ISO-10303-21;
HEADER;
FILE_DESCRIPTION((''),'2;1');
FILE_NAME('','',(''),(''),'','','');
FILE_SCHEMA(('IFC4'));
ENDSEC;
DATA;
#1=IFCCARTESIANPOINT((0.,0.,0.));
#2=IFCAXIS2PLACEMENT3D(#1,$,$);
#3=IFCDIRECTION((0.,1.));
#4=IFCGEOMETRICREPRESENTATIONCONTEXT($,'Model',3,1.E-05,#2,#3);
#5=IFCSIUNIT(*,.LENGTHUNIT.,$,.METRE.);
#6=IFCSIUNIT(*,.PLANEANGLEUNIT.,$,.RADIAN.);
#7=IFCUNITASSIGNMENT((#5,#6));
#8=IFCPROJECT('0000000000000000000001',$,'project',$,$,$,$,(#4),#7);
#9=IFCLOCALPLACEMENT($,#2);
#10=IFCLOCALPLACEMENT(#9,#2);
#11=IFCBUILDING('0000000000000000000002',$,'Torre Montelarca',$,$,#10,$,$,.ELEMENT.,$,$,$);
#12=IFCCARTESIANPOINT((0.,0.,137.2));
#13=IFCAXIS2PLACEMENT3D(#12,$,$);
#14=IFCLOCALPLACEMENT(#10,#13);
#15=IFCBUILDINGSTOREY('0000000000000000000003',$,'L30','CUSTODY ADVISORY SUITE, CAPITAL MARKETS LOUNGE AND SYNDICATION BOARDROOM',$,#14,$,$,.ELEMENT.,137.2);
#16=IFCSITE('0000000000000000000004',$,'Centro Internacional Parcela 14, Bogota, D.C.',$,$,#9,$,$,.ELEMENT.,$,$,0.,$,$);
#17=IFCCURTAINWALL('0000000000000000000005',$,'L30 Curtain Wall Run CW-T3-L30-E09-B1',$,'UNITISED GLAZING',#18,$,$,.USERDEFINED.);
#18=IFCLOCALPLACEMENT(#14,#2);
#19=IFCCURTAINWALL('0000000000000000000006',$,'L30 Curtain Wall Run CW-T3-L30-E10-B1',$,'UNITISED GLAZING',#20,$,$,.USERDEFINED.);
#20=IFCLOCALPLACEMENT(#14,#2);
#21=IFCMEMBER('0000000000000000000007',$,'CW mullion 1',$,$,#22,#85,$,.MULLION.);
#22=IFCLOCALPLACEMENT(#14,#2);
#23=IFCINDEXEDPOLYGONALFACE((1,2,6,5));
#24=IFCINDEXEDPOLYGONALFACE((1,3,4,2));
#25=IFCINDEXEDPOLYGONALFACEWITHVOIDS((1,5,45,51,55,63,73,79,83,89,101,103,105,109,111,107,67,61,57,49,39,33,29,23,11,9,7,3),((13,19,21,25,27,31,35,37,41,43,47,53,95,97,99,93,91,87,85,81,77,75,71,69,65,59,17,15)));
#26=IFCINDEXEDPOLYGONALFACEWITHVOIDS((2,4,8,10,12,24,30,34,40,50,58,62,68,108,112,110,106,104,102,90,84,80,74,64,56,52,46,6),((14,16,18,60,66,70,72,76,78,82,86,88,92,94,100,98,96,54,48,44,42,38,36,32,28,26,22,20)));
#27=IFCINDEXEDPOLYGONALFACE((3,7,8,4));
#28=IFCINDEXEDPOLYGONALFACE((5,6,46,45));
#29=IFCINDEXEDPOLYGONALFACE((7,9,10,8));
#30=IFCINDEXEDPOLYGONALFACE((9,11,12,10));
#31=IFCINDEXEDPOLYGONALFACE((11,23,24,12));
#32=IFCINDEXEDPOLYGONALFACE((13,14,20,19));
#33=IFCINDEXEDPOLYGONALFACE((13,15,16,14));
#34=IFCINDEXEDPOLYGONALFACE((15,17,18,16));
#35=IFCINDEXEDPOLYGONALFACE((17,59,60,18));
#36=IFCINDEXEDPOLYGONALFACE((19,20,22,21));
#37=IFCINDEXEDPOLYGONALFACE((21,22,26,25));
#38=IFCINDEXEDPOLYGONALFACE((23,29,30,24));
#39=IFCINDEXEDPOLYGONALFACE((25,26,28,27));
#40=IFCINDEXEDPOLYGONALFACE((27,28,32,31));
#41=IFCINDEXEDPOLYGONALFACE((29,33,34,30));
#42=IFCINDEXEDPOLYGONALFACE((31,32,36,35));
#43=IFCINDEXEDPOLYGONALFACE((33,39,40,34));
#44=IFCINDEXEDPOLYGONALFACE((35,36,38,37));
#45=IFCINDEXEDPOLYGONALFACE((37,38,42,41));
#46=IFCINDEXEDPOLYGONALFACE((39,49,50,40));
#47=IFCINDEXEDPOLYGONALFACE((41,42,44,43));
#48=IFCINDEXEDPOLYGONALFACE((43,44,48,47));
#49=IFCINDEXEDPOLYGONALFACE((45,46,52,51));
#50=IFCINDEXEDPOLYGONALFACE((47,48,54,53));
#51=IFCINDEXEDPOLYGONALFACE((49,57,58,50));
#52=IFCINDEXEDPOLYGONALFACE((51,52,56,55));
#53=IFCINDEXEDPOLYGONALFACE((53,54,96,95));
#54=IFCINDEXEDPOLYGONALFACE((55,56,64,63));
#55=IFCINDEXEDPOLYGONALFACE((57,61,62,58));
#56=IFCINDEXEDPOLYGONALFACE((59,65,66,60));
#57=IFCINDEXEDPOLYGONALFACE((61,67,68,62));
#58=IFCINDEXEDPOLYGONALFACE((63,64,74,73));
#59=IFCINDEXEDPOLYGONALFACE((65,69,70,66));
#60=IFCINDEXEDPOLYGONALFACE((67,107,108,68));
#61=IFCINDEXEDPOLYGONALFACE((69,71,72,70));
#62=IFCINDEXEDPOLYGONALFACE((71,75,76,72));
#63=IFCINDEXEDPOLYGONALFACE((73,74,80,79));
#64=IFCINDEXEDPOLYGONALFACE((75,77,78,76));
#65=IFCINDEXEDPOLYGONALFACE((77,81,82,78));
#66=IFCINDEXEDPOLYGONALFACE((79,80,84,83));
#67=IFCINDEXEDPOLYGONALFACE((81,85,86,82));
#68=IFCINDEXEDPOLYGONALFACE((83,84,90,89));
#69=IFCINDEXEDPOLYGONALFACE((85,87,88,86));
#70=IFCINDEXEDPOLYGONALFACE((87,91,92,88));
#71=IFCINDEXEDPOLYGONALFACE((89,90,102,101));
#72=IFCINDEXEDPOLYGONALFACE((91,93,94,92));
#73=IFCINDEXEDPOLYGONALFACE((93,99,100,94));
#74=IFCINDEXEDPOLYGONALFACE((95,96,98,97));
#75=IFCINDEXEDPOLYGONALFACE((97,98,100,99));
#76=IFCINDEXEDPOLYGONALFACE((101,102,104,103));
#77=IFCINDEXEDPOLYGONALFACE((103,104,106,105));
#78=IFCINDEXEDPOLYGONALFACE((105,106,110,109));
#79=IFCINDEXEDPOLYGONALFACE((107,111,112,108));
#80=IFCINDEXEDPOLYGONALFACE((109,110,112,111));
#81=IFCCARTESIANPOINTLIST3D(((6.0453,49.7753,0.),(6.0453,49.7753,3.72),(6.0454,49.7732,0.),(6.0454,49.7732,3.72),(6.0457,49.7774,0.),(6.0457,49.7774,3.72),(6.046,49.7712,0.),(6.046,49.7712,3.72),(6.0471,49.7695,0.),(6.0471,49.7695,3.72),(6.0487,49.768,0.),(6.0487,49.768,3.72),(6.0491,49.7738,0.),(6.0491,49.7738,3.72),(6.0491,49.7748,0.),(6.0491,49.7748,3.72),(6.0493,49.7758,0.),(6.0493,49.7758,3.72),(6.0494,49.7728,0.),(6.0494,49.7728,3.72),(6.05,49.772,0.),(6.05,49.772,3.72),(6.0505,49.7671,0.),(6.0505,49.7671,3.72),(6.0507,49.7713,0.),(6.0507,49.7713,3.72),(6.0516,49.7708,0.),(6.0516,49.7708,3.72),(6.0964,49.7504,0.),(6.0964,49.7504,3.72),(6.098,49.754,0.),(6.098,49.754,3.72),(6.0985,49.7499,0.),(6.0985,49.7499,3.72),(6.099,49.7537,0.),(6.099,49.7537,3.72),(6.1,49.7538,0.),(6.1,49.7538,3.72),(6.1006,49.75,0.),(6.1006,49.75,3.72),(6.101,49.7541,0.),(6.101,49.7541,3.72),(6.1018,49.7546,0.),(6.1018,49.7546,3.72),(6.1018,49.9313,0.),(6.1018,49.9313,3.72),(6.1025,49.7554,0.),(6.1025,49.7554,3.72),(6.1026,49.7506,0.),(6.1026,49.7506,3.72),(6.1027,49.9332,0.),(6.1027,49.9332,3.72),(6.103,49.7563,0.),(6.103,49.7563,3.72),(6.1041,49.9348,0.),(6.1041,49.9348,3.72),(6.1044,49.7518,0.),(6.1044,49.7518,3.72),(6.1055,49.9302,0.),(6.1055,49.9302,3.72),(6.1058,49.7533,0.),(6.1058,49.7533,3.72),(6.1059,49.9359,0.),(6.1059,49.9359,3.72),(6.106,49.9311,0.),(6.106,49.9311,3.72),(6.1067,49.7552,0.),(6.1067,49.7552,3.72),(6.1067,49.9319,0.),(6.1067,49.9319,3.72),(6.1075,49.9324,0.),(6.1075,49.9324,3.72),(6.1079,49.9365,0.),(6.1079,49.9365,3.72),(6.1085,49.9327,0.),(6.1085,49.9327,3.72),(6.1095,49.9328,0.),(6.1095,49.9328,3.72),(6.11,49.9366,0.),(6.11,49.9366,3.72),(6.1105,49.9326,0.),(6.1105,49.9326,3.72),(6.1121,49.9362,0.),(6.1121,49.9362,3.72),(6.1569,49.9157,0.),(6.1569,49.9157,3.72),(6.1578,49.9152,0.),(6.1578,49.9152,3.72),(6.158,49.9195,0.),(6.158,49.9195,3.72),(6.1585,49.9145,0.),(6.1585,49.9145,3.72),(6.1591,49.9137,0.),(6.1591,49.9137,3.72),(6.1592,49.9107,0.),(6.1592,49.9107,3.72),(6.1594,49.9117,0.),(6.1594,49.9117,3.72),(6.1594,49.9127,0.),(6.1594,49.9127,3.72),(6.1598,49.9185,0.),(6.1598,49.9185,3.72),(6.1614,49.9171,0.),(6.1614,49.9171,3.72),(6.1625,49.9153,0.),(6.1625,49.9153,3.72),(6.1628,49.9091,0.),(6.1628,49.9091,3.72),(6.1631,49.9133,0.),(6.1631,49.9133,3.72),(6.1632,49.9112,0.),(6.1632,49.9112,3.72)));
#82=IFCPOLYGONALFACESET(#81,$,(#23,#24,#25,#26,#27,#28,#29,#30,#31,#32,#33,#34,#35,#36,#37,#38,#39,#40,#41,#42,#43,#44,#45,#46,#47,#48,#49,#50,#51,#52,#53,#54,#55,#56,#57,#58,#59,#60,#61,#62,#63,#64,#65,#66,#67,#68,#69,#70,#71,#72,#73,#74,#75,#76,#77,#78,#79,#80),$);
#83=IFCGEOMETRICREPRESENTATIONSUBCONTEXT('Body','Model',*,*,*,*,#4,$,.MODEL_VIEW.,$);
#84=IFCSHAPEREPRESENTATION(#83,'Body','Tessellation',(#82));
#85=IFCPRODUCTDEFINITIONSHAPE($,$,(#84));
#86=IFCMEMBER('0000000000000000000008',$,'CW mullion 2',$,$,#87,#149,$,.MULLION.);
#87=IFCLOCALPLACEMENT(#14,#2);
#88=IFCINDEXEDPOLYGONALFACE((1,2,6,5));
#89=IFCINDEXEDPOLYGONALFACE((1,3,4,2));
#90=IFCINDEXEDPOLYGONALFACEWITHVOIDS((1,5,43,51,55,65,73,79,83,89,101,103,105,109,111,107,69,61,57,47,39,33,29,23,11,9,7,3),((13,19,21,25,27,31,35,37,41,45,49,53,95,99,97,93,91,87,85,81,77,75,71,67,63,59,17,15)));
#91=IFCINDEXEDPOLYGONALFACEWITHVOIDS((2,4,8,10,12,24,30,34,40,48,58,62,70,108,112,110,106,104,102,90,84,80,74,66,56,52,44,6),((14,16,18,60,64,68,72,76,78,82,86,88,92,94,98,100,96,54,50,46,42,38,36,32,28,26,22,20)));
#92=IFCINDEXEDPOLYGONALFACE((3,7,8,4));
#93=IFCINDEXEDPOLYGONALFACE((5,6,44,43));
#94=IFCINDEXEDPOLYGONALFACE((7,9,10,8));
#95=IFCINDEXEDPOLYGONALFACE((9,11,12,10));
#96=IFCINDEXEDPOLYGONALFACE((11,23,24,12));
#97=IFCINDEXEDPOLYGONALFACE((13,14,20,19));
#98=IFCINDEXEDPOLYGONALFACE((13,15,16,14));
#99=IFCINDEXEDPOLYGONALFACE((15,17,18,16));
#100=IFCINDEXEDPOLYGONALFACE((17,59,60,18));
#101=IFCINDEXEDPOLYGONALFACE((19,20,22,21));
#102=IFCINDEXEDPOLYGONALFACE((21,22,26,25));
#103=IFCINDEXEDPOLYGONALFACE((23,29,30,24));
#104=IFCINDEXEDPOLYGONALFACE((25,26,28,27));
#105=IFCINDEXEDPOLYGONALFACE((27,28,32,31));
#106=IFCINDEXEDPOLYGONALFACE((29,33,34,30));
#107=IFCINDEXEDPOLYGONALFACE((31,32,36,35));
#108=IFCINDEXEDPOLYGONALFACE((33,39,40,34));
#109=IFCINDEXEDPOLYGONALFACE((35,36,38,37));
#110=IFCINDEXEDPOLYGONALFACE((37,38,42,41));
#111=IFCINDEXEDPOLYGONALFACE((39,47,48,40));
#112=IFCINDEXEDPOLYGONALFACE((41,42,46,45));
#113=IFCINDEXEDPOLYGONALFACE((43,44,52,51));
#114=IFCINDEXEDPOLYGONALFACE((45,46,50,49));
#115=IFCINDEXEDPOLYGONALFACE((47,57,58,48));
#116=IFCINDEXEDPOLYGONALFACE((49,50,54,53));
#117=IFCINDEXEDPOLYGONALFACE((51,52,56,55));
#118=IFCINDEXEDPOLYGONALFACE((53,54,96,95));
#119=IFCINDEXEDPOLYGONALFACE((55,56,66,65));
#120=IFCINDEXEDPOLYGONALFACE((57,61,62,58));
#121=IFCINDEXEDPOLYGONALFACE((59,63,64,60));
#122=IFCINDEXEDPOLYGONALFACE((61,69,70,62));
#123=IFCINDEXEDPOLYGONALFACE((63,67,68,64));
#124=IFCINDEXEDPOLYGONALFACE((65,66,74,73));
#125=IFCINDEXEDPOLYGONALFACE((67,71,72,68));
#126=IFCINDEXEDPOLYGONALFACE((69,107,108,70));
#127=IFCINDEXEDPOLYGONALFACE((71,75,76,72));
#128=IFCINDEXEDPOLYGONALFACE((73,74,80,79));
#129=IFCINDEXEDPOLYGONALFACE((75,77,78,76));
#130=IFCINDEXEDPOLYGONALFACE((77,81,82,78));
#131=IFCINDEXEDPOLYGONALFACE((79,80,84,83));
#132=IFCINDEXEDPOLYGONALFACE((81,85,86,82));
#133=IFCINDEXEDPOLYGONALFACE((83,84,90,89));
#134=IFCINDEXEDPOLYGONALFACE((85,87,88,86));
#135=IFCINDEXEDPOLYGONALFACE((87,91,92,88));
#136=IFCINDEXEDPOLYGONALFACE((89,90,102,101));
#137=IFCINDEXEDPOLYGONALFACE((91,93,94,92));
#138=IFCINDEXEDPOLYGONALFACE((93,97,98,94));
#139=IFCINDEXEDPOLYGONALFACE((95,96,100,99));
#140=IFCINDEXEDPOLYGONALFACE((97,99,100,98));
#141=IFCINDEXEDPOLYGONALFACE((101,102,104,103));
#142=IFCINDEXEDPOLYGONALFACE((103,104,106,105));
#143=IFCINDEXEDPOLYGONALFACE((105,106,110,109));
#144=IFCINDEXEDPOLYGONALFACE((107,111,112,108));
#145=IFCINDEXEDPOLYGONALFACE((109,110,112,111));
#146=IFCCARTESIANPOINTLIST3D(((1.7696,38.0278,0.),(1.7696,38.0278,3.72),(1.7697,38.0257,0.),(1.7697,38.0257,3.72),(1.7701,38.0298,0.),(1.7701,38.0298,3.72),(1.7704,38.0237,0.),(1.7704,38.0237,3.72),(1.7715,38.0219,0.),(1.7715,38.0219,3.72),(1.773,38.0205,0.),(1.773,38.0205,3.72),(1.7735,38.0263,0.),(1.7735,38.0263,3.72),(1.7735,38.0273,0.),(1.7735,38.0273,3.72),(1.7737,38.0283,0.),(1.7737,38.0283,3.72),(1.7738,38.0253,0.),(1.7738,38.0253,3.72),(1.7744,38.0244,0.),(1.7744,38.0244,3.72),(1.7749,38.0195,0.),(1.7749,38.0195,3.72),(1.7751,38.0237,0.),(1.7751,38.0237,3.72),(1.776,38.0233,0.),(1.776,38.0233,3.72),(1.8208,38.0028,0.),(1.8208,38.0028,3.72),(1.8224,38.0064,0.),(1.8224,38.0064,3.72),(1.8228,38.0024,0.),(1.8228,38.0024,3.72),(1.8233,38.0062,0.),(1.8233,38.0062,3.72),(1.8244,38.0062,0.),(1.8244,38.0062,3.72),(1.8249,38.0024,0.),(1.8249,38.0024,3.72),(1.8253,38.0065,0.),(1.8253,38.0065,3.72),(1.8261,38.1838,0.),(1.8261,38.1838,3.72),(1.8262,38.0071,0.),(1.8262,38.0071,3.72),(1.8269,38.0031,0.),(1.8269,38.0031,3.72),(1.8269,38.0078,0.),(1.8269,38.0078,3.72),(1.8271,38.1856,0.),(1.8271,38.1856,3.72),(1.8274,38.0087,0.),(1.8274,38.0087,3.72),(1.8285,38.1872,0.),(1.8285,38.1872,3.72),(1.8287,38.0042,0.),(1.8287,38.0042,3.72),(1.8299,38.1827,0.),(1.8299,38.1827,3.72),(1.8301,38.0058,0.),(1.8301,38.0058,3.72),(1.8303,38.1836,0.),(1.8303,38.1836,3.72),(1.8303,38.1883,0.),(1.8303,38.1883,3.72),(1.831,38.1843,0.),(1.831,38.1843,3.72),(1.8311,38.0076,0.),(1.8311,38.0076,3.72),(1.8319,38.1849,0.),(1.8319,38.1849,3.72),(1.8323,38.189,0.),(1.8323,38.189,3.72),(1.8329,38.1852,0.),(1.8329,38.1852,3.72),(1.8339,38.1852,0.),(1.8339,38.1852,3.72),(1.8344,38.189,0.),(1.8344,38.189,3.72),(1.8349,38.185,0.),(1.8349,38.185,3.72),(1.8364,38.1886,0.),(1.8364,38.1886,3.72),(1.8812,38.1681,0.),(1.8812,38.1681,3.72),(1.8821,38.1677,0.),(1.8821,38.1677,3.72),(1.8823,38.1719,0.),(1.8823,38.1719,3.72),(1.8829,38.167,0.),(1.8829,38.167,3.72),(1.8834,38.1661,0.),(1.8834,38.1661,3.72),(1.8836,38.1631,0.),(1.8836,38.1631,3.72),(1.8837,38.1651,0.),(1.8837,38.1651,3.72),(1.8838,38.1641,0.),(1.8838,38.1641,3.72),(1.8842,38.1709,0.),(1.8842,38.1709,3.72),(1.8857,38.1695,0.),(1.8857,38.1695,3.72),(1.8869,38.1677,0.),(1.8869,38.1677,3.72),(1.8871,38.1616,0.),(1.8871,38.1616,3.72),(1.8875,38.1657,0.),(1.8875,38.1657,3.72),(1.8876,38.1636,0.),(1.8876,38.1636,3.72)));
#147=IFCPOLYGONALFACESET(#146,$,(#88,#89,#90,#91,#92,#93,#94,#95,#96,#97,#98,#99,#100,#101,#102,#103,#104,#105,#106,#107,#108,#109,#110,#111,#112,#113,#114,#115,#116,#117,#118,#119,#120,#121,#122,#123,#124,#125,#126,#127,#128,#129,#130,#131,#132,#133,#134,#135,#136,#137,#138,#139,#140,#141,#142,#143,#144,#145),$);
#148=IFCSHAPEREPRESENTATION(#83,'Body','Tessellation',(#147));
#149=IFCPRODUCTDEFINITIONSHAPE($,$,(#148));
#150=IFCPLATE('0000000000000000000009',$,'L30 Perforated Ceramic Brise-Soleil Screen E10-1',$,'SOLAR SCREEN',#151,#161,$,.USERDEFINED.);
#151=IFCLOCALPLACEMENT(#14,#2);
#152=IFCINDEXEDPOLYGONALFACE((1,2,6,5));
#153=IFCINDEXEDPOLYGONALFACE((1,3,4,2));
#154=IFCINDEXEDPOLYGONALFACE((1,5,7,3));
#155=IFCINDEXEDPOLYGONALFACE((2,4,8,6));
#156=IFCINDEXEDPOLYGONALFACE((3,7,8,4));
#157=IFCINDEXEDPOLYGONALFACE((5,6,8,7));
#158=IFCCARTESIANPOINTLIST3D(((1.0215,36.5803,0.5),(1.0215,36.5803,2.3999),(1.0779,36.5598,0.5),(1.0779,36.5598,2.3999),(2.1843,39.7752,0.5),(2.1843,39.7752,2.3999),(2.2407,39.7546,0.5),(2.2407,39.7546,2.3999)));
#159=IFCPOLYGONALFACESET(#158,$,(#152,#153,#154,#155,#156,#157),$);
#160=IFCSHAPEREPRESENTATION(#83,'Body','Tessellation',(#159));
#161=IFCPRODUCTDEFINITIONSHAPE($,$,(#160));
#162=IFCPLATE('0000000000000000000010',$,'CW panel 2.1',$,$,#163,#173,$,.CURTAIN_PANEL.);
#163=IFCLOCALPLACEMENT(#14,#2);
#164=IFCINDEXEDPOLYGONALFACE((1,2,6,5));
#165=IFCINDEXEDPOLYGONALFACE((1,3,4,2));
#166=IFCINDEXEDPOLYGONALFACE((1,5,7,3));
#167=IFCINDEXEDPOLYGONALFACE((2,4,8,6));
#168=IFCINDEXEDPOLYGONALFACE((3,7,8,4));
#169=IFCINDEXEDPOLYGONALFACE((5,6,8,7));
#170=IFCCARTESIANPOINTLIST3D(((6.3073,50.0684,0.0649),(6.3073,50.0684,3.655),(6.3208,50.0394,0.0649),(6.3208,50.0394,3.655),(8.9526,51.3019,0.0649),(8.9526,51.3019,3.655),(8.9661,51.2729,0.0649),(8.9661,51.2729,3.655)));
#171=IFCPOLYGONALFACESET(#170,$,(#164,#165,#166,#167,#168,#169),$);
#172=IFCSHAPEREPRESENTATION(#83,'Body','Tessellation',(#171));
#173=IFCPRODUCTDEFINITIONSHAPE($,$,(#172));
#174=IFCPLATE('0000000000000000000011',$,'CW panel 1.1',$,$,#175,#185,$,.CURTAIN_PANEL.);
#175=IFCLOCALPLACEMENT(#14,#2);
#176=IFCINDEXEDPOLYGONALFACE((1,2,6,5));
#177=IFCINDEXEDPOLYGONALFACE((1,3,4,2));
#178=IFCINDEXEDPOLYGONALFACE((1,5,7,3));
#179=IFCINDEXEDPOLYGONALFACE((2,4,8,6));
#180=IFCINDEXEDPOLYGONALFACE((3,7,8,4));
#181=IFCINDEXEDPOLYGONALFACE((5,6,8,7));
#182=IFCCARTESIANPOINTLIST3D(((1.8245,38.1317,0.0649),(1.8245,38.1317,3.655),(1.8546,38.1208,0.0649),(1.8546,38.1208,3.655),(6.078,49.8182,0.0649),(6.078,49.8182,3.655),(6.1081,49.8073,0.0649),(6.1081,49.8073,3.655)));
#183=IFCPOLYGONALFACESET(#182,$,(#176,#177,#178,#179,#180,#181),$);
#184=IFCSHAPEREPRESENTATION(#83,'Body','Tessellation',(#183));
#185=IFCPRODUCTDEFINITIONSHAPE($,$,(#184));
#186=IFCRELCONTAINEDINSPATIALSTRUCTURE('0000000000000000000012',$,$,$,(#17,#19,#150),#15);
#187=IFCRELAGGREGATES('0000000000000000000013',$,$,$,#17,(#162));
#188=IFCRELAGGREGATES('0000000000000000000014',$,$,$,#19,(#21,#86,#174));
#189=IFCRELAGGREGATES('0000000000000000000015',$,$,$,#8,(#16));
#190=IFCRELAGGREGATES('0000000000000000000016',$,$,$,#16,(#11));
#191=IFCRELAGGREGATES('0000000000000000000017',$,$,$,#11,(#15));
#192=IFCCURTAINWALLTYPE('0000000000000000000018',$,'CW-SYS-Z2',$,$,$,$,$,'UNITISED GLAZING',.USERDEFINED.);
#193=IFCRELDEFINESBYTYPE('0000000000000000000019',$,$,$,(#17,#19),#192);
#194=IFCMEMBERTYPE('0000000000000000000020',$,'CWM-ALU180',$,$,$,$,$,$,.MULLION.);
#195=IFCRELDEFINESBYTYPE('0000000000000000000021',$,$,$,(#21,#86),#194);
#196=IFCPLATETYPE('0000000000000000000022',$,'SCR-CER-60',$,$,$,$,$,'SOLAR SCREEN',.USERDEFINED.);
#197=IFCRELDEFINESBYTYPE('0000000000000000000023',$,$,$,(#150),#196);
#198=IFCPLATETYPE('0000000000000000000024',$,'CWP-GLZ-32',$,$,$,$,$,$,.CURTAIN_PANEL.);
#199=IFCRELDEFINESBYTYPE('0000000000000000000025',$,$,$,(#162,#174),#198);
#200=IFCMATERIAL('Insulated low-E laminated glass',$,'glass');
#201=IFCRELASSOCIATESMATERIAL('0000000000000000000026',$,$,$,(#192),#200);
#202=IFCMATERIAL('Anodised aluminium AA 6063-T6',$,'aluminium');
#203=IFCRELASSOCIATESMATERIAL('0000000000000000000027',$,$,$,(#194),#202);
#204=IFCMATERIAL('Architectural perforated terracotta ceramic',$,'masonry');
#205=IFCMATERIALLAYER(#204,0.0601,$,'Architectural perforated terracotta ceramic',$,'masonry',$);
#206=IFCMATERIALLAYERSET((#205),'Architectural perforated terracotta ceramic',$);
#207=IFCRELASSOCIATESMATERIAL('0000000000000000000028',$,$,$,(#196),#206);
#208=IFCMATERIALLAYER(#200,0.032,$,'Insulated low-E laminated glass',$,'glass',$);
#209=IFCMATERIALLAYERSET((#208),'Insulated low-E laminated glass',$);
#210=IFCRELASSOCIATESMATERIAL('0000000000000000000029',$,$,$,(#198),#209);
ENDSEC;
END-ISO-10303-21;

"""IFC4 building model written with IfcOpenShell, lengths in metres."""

from ifc_helpers import new_model, si_unit, direction, frame, origin, origin_2d, place, context, subcontext, project, spatial, rectangle, hollow_rectangle, extrude, source, transform, mapped, material, layer, layer_set, material_profile, profile_set, type_object, element, aggregate, save


model = new_model("IFC4")

# Units and contexts
model_context = context("Model", 3, precision=1e-05, world=origin(), true_north=direction((0.0, 1.0)))
body_context = subcontext(model_context, "Body", "Model", "MODEL_VIEW")
ifc_project = project(units=[si_unit("LENGTHUNIT", "METRE"), si_unit("PLANEANGLEUNIT", "RADIAN")], contexts=[model_context])

# Site, building, storey
site_placement = place(None, origin())
site = spatial("IfcSite", under=ifc_project, at=site_placement, Name="Centro Internacional Parcela 14, Bogota, D.C.", CompositionType="ELEMENT", RefElevation=0.0)
building_placement = place(site_placement, origin())
building = spatial("IfcBuilding", under=site, at=building_placement, Name="Torre Montelarca", CompositionType="ELEMENT")
storey_placement = place(building_placement, frame((0.0, 0.0, 137.2)))
storey = spatial("IfcBuildingStorey", under=building, at=storey_placement, Name="L30", Description="CUSTODY ADVISORY SUITE, CAPITAL MARKETS LOUNGE AND SYNDICATION BOARDROOM", CompositionType="ELEMENT", Elevation=137.2)

# Curtain walls
ifc_material_1 = material(Name="Insulated low-E laminated glass", Category="glass")
curtain_wall_type = type_object("IfcCurtainWallType", Name="CW-SYS-Z2", ElementType="UNITISED GLAZING", PredefinedType="USERDEFINED", material=ifc_material_1)
curtain_wall_1_placement = place(storey_placement, origin())
curtain_wall_1 = element("IfcCurtainWall", 1, at=curtain_wall_1_placement, inside=storey, type_object=curtain_wall_type, Name="L30 Curtain Wall Run CW-T3-L30-E09-B1", ObjectType="UNITISED GLAZING", PredefinedType="USERDEFINED")
ifc_material_2 = material(Name="Anodised aluminium AA 6063-T6", Category="aluminium")
curtain_wall_2_placement = place(storey_placement, origin())
curtain_wall_2 = element("IfcCurtainWall", 2, at=curtain_wall_2_placement, inside=storey, type_object=curtain_wall_type, Name="L30 Curtain Wall Run CW-T3-L30-E10-B1", ObjectType="UNITISED GLAZING", PredefinedType="USERDEFINED")

# Members
ifc_material_profile_1 = material_profile(ifc_material_2, hollow_rectangle(XDim=0.0649, YDim=0.1799, WallThickness=0.0039, InnerFilletRadius=0.0039, OuterFilletRadius=0.0081, at=origin_2d()), Name="ALU65X180X4", Category="aluminium")
ifc_profile_set_1 = profile_set([ifc_material_profile_1], Name="Anodised aluminium AA 6063-T6")
member_type_1 = type_object("IfcMemberType", Name="CWM-ALU180", PredefinedType="MULLION", material=ifc_profile_set_1)
shared_shape_1 = source(origin(), body_context, "Body", "SweptSolid", [
    extrude(hollow_rectangle(XDim=0.0649, YDim=0.1799, WallThickness=0.0039, InnerFilletRadius=0.0039, OuterFilletRadius=0.0081, at=origin_2d()), origin(), (0.0, 0.0, 1.0), 3.72),
])
member_1_placement = place(storey_placement, frame((6.1042, 49.8433, 0.0), z_axis=(0.0, 0.0, 1.0), x_axis=(0.939693, -0.342019, 0.0)))
member_1 = element("IfcMember", 3, at=member_1_placement, type_object=member_type_1, Name="CW mullion 1", PredefinedType="MULLION", context=body_context, shape_type="MappedRepresentation", body=[
    mapped(shared_shape_1, transform((0.0, 0.0, 0.0), scale=1.0)),
])
member_2_placement = place(storey_placement, frame((1.8286, 38.0957, 0.0), z_axis=(0.0, 0.0, 1.0), x_axis=(0.939693, -0.342019, 0.0)))
member_2 = element("IfcMember", 4, at=member_2_placement, type_object=member_type_1, Name="CW mullion 2", PredefinedType="MULLION", context=body_context, shape_type="MappedRepresentation", body=[
    mapped(shared_shape_1, transform((0.0, 0.0, 0.0), scale=1.0)),
])

# Plates
ifc_material_3 = material(Name="Architectural perforated terracotta ceramic", Category="masonry")
ifc_layer_1 = layer(ifc_material_3, 0.0601, Name="Architectural perforated terracotta ceramic", Category="masonry")
ifc_layer_set_1 = layer_set([ifc_layer_1], Name="Architectural perforated terracotta ceramic")
plate_type_1 = type_object("IfcPlateType", Name="SCR-CER-60", ElementType="SOLAR SCREEN", PredefinedType="USERDEFINED", material=ifc_layer_set_1)
shared_shape_2 = source(origin(), body_context, "Body", "SweptSolid", [
    extrude(rectangle(XDim=3.3999, YDim=0.0601, at=origin_2d()), origin(), (0.0, 0.0, 1.0), 1.8999),
])
plate_1_placement = place(storey_placement, frame((1.6311, 38.1675, 0.5), z_axis=(0.0, 0.0, 1.0), x_axis=(-0.34202, -0.939693, 0.0)))
element("IfcPlate", 5, at=plate_1_placement, inside=storey, type_object=plate_type_1, Name="L30 Perforated Ceramic Brise-Soleil Screen E10-1", ObjectType="SOLAR SCREEN", PredefinedType="USERDEFINED", context=body_context, shape_type="MappedRepresentation", body=[
    mapped(shared_shape_2, transform((0.0, 0.0, 0.0), scale=1.0)),
])
ifc_layer_2 = layer(ifc_material_1, 0.032, Name="Insulated low-E laminated glass", Category="glass")
ifc_layer_set_2 = layer_set([ifc_layer_2], Name="Insulated low-E laminated glass")
plate_type_2 = type_object("IfcPlateType", Name="CWP-GLZ-32", PredefinedType="CURTAIN_PANEL", material=ifc_layer_set_2)
shared_shape_3 = source(origin(), body_context, "Body", "SweptSolid", [
    extrude(rectangle(XDim=2.9187, YDim=0.032, at=origin_2d()), origin(), (0.0, 0.0, 1.0), 3.5901),
])
plate_2_placement = place(storey_placement, frame((7.6367, 50.6707, 0.0649), z_axis=(0.0, 0.0, 1.0), x_axis=(-0.906317, -0.422598, 0.0)))
plate_2 = element("IfcPlate", 6, at=plate_2_placement, type_object=plate_type_2, Name="CW panel 2.1", PredefinedType="CURTAIN_PANEL", context=body_context, shape_type="MappedRepresentation", body=[
    mapped(shared_shape_3, transform((0.0, 0.0, 0.0), scale=1.0)),
])
aggregate(curtain_wall_1, [plate_2])
shared_shape_4 = source(origin(), body_context, "Body", "SweptSolid", [
    extrude(rectangle(XDim=12.4365, YDim=0.032, at=origin_2d()), origin(), (0.0, 0.0, 1.0), 3.5901),
])
plate_3_placement = place(storey_placement, frame((3.9663, 43.9695, 0.0649), z_axis=(0.0, 0.0, 1.0), x_axis=(-0.342019, -0.939693, 0.0)))
plate_3 = element("IfcPlate", 7, at=plate_3_placement, type_object=plate_type_2, Name="CW panel 1.1", PredefinedType="CURTAIN_PANEL", context=body_context, shape_type="MappedRepresentation", body=[
    mapped(shared_shape_4, transform((0.0, 0.0, 0.0), scale=1.0)),
])
aggregate(curtain_wall_2, [member_1, member_2, plate_3])

save(model, "model.ifc")
